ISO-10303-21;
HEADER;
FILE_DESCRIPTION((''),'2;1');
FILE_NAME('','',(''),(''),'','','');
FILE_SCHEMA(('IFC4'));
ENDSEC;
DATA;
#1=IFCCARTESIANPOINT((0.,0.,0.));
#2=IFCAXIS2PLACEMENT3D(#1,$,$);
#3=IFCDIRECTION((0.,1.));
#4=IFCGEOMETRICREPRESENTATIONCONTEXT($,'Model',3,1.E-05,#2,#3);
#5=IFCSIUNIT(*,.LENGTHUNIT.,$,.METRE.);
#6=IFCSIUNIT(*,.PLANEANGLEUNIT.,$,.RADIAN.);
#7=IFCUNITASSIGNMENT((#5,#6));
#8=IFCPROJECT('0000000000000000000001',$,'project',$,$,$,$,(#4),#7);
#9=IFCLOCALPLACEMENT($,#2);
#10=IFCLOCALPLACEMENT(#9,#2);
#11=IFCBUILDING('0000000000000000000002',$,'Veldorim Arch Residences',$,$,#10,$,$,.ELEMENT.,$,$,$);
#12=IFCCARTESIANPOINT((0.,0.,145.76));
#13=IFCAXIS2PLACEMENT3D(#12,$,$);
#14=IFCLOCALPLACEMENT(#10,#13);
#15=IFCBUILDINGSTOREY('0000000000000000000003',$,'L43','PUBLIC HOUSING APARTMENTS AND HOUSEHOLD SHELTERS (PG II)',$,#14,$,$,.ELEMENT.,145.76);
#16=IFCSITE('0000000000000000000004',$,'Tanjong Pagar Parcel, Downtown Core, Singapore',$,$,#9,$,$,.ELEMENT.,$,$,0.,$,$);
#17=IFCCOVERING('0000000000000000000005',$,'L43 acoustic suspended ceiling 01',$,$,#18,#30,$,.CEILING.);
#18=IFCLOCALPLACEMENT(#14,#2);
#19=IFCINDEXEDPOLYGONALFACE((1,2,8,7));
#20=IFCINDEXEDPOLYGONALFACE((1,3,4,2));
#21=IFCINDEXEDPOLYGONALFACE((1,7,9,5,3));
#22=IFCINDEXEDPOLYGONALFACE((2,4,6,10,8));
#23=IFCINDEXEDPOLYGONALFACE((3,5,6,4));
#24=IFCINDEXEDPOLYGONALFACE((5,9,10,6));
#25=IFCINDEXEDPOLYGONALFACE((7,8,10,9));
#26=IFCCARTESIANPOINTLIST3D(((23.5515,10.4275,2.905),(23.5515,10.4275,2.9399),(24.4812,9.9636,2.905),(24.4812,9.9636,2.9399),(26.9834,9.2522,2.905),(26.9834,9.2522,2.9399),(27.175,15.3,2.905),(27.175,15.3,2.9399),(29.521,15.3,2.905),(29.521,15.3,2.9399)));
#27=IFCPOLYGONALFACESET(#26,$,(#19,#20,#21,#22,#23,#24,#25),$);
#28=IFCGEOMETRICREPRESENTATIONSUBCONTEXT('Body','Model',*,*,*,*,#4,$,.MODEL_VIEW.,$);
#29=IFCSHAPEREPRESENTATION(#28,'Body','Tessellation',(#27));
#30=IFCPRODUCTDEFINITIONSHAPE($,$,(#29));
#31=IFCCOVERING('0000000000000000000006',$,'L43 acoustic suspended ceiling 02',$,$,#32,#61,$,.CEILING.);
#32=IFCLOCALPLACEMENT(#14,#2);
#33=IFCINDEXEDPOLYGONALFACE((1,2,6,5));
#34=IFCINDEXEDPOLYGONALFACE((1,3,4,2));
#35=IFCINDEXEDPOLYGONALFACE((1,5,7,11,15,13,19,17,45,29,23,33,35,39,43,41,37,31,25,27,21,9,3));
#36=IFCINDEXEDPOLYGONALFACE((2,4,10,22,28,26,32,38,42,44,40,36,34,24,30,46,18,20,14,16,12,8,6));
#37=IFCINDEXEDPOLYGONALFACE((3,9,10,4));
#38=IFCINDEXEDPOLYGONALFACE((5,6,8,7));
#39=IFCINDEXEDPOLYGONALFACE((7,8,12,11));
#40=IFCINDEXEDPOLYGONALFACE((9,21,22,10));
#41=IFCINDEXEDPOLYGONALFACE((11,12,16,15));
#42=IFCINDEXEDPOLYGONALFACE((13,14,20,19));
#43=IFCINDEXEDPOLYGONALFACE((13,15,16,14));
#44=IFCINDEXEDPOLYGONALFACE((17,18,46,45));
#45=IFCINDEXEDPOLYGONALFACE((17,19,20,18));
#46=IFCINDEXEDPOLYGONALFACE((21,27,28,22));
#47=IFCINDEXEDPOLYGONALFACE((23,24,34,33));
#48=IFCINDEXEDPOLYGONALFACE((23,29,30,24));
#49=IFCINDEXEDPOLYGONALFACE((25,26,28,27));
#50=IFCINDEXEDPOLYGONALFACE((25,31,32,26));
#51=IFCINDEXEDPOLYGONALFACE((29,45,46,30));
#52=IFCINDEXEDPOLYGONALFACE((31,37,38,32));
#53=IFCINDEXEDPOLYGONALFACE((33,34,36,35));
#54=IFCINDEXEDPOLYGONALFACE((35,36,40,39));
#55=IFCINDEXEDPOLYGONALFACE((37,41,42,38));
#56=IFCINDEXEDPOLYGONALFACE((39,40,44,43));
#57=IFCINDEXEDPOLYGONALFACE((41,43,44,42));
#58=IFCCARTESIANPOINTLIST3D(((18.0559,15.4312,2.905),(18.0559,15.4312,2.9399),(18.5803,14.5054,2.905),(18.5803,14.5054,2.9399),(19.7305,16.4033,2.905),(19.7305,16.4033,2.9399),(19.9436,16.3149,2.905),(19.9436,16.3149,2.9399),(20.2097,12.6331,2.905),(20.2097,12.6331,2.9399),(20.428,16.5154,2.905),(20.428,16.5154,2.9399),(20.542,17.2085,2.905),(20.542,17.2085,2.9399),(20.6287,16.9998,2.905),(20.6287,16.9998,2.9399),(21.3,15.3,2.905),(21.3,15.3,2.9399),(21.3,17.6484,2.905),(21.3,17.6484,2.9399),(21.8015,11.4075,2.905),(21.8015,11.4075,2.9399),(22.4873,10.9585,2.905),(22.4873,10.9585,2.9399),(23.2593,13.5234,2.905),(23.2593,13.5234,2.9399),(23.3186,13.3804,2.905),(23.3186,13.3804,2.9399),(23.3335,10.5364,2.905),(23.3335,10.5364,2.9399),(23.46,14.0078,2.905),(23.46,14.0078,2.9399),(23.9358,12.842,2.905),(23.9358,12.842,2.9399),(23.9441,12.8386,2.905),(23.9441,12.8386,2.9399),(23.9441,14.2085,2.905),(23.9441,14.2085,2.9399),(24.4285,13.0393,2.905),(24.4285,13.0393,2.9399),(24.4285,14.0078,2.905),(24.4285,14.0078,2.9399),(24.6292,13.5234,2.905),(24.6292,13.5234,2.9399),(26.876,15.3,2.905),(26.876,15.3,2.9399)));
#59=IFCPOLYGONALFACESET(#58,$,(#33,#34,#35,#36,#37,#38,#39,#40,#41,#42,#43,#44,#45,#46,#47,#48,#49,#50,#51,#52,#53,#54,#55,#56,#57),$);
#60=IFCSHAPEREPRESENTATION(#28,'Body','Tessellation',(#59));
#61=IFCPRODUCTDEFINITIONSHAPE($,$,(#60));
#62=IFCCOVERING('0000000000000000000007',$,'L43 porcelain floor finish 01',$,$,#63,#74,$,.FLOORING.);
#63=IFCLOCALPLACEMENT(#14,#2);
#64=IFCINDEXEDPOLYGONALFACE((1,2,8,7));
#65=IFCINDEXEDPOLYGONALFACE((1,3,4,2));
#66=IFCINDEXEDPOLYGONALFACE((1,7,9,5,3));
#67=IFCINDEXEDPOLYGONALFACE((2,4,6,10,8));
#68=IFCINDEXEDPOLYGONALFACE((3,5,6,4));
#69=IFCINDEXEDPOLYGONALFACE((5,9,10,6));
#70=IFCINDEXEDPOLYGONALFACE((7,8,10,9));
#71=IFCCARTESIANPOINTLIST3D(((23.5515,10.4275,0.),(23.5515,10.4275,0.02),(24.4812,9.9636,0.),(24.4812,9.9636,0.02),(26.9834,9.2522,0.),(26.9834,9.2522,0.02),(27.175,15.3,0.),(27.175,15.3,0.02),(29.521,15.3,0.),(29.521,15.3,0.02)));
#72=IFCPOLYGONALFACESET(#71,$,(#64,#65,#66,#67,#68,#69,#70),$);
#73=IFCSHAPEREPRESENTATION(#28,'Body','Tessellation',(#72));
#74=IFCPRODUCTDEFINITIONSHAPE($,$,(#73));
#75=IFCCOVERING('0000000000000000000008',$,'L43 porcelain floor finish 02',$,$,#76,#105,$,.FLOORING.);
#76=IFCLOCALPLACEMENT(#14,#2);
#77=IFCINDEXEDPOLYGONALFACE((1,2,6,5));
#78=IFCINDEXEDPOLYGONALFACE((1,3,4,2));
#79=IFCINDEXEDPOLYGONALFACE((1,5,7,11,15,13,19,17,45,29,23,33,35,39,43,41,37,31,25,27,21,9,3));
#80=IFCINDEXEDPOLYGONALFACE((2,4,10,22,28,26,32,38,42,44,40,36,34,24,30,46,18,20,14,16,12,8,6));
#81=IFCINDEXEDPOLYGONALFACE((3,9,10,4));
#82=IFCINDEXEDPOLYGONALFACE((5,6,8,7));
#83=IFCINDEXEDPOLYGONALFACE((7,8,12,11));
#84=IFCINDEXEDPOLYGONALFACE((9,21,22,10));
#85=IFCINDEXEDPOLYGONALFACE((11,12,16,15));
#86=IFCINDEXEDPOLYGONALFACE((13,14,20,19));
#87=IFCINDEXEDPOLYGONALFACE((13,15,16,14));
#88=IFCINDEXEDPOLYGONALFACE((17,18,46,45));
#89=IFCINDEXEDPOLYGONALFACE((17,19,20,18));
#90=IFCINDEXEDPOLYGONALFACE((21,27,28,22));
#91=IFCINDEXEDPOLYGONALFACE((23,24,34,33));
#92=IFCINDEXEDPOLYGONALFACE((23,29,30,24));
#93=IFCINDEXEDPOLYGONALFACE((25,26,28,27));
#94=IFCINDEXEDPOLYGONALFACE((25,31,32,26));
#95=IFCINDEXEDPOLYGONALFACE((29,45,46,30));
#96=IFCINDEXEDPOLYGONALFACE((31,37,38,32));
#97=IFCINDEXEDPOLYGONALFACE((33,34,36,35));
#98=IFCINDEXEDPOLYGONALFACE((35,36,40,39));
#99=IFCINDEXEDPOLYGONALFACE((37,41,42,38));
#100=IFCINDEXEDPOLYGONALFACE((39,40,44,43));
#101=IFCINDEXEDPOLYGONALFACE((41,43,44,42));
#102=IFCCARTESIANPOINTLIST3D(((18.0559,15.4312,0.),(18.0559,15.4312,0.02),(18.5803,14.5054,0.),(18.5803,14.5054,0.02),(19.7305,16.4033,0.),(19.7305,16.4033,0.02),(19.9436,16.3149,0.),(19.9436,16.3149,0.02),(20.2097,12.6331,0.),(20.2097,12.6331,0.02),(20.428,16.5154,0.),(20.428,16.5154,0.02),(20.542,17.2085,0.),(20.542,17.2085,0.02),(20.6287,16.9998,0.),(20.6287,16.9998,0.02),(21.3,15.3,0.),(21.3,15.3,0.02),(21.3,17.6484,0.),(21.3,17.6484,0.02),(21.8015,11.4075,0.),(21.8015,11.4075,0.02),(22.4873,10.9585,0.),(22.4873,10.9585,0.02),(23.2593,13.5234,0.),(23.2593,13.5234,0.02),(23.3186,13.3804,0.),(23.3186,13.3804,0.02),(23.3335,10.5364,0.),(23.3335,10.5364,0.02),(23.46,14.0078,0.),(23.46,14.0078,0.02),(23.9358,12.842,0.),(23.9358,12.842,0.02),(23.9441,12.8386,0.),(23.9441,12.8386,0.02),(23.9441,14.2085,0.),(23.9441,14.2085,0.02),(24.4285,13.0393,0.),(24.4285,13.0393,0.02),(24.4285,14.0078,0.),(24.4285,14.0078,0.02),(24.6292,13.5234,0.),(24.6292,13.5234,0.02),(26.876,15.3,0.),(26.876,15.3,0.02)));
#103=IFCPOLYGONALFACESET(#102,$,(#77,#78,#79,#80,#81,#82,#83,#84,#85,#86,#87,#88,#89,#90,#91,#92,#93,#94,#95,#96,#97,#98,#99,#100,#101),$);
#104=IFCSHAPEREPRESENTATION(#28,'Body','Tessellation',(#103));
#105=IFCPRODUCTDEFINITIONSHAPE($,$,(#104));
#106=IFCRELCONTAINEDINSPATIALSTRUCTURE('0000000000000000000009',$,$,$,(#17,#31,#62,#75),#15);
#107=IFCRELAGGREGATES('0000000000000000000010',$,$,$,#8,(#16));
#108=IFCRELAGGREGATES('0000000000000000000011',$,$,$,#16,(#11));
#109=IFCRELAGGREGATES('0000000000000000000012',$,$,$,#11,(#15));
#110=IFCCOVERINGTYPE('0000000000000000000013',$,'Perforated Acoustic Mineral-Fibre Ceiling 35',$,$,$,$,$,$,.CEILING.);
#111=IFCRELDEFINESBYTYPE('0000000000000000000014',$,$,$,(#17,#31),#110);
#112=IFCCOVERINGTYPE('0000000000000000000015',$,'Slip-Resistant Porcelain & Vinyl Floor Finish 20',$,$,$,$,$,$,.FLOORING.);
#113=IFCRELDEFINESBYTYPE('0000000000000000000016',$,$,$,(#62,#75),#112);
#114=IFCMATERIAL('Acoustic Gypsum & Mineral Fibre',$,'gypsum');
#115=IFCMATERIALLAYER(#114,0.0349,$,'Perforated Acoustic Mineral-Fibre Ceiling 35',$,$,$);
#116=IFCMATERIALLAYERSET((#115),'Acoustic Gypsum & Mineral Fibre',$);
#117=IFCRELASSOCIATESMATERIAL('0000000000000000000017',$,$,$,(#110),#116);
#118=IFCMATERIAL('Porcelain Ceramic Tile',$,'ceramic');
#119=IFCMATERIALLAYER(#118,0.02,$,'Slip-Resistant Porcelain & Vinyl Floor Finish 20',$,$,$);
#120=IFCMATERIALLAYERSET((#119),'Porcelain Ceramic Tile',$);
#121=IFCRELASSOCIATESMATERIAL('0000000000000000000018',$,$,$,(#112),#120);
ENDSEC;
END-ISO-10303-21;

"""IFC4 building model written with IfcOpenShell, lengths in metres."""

from ifc_helpers import new_model, si_unit, direction, frame, origin, place, context, subcontext, project, spatial, polyline, outline, extrude, material, layer, layer_set, type_object, element, save


model = new_model("IFC4")

# Units and contexts
model_context = context("Model", 3, precision=1e-05, world=origin(), true_north=direction((0.0, 1.0)))
body_context = subcontext(model_context, "Body", "Model", "MODEL_VIEW")
ifc_project = project(units=[si_unit("LENGTHUNIT", "METRE"), si_unit("PLANEANGLEUNIT", "RADIAN")], contexts=[model_context])

# Site, building, storey
site_placement = place(None, origin())
site = spatial("IfcSite", under=ifc_project, at=site_placement, Name="Tanjong Pagar Parcel, Downtown Core, Singapore", CompositionType="ELEMENT", RefElevation=0.0)
building_placement = place(site_placement, origin())
building = spatial("IfcBuilding", under=site, at=building_placement, Name="Veldorim Arch Residences", CompositionType="ELEMENT")
storey_placement = place(building_placement, frame((0.0, 0.0, 145.76)))
storey = spatial("IfcBuildingStorey", under=building, at=storey_placement, Name="L43", Description="PUBLIC HOUSING APARTMENTS AND HOUSEHOLD SHELTERS (PG II)", CompositionType="ELEMENT", Elevation=145.76)

# Coverings
ifc_material_1 = material(Name="Acoustic Gypsum & Mineral Fibre", Category="gypsum")
ifc_layer_1 = layer(ifc_material_1, 0.0349, Name="Perforated Acoustic Mineral-Fibre Ceiling 35")
ifc_layer_set_1 = layer_set([ifc_layer_1], Name="Acoustic Gypsum & Mineral Fibre")
covering_type_1 = type_object("IfcCoveringType", Name="Perforated Acoustic Mineral-Fibre Ceiling 35", PredefinedType="CEILING", material=ifc_layer_set_1)
covering_1_placement = place(storey_placement, frame((0.0, 0.0, 2.905)))
element("IfcCovering", 1, at=covering_1_placement, inside=storey, type_object=covering_type_1, Name="L43 acoustic suspended ceiling 01", PredefinedType="CEILING", context=body_context, shape_type="SweptSolid", body=[
    extrude(outline(polyline([(27.175, 15.3), (29.521, 15.3), (26.9834, 9.2522), (24.4812, 9.9636), (23.5515, 10.4275), (27.175, 15.3)])), origin(), (0.0, 0.0, 1.0), 0.0349),
])
covering_2_placement = place(storey_placement, frame((0.0, 0.0, 2.905)))
element("IfcCovering", 2, at=covering_2_placement, inside=storey, type_object=covering_type_1, Name="L43 acoustic suspended ceiling 02", PredefinedType="CEILING", context=body_context, shape_type="SweptSolid", body=[
    extrude(outline(polyline([(23.9441, 12.8386), (24.4285, 13.0393), (24.6292, 13.5234), (24.4285, 14.0078), (23.9441, 14.2085), (23.46, 14.0078), (23.2593, 13.5234), (23.3186, 13.3804), (21.8015, 11.4075), (20.2097, 12.6331), (18.5803, 14.5054), (18.0559, 15.4312), (19.7305, 16.4033), (19.9436, 16.3149), (20.428, 16.5154), (20.6287, 16.9998), (20.542, 17.2085), (21.3, 17.6484), (21.3, 15.3), (26.876, 15.3), (23.3335, 10.5364), (22.4873, 10.9585), (23.9358, 12.842), (23.9441, 12.8386)])), origin(), (0.0, 0.0, 1.0), 0.0349),
])
ifc_material_2 = material(Name="Porcelain Ceramic Tile", Category="ceramic")
ifc_layer_2 = layer(ifc_material_2, 0.02, Name="Slip-Resistant Porcelain & Vinyl Floor Finish 20")
ifc_layer_set_2 = layer_set([ifc_layer_2], Name="Porcelain Ceramic Tile")
covering_type_2 = type_object("IfcCoveringType", Name="Slip-Resistant Porcelain & Vinyl Floor Finish 20", PredefinedType="FLOORING", material=ifc_layer_set_2)
covering_3_placement = place(storey_placement, origin())
element("IfcCovering", 3, at=covering_3_placement, inside=storey, type_object=covering_type_2, Name="L43 porcelain floor finish 01", PredefinedType="FLOORING", context=body_context, shape_type="SweptSolid", body=[
    extrude(outline(polyline([(27.175, 15.3), (29.521, 15.3), (26.9834, 9.2522), (24.4812, 9.9636), (23.5515, 10.4275), (27.175, 15.3)])), origin(), (0.0, 0.0, 1.0), 0.02),
])
covering_4_placement = place(storey_placement, origin())
element("IfcCovering", 4, at=covering_4_placement, inside=storey, type_object=covering_type_2, Name="L43 porcelain floor finish 02", PredefinedType="FLOORING", context=body_context, shape_type="SweptSolid", body=[
    extrude(outline(polyline([(23.9441, 12.8386), (24.4285, 13.0393), (24.6292, 13.5234), (24.4285, 14.0078), (23.9441, 14.2085), (23.46, 14.0078), (23.2593, 13.5234), (23.3186, 13.3804), (21.8015, 11.4075), (20.2097, 12.6331), (18.5803, 14.5054), (18.0559, 15.4312), (19.7305, 16.4033), (19.9436, 16.3149), (20.428, 16.5154), (20.6287, 16.9998), (20.542, 17.2085), (21.3, 17.6484), (21.3, 15.3), (26.876, 15.3), (23.3335, 10.5364), (22.4873, 10.9585), (23.9358, 12.842), (23.9441, 12.8386)])), origin(), (0.0, 0.0, 1.0), 0.02),
])

save(model, "model.ifc")
